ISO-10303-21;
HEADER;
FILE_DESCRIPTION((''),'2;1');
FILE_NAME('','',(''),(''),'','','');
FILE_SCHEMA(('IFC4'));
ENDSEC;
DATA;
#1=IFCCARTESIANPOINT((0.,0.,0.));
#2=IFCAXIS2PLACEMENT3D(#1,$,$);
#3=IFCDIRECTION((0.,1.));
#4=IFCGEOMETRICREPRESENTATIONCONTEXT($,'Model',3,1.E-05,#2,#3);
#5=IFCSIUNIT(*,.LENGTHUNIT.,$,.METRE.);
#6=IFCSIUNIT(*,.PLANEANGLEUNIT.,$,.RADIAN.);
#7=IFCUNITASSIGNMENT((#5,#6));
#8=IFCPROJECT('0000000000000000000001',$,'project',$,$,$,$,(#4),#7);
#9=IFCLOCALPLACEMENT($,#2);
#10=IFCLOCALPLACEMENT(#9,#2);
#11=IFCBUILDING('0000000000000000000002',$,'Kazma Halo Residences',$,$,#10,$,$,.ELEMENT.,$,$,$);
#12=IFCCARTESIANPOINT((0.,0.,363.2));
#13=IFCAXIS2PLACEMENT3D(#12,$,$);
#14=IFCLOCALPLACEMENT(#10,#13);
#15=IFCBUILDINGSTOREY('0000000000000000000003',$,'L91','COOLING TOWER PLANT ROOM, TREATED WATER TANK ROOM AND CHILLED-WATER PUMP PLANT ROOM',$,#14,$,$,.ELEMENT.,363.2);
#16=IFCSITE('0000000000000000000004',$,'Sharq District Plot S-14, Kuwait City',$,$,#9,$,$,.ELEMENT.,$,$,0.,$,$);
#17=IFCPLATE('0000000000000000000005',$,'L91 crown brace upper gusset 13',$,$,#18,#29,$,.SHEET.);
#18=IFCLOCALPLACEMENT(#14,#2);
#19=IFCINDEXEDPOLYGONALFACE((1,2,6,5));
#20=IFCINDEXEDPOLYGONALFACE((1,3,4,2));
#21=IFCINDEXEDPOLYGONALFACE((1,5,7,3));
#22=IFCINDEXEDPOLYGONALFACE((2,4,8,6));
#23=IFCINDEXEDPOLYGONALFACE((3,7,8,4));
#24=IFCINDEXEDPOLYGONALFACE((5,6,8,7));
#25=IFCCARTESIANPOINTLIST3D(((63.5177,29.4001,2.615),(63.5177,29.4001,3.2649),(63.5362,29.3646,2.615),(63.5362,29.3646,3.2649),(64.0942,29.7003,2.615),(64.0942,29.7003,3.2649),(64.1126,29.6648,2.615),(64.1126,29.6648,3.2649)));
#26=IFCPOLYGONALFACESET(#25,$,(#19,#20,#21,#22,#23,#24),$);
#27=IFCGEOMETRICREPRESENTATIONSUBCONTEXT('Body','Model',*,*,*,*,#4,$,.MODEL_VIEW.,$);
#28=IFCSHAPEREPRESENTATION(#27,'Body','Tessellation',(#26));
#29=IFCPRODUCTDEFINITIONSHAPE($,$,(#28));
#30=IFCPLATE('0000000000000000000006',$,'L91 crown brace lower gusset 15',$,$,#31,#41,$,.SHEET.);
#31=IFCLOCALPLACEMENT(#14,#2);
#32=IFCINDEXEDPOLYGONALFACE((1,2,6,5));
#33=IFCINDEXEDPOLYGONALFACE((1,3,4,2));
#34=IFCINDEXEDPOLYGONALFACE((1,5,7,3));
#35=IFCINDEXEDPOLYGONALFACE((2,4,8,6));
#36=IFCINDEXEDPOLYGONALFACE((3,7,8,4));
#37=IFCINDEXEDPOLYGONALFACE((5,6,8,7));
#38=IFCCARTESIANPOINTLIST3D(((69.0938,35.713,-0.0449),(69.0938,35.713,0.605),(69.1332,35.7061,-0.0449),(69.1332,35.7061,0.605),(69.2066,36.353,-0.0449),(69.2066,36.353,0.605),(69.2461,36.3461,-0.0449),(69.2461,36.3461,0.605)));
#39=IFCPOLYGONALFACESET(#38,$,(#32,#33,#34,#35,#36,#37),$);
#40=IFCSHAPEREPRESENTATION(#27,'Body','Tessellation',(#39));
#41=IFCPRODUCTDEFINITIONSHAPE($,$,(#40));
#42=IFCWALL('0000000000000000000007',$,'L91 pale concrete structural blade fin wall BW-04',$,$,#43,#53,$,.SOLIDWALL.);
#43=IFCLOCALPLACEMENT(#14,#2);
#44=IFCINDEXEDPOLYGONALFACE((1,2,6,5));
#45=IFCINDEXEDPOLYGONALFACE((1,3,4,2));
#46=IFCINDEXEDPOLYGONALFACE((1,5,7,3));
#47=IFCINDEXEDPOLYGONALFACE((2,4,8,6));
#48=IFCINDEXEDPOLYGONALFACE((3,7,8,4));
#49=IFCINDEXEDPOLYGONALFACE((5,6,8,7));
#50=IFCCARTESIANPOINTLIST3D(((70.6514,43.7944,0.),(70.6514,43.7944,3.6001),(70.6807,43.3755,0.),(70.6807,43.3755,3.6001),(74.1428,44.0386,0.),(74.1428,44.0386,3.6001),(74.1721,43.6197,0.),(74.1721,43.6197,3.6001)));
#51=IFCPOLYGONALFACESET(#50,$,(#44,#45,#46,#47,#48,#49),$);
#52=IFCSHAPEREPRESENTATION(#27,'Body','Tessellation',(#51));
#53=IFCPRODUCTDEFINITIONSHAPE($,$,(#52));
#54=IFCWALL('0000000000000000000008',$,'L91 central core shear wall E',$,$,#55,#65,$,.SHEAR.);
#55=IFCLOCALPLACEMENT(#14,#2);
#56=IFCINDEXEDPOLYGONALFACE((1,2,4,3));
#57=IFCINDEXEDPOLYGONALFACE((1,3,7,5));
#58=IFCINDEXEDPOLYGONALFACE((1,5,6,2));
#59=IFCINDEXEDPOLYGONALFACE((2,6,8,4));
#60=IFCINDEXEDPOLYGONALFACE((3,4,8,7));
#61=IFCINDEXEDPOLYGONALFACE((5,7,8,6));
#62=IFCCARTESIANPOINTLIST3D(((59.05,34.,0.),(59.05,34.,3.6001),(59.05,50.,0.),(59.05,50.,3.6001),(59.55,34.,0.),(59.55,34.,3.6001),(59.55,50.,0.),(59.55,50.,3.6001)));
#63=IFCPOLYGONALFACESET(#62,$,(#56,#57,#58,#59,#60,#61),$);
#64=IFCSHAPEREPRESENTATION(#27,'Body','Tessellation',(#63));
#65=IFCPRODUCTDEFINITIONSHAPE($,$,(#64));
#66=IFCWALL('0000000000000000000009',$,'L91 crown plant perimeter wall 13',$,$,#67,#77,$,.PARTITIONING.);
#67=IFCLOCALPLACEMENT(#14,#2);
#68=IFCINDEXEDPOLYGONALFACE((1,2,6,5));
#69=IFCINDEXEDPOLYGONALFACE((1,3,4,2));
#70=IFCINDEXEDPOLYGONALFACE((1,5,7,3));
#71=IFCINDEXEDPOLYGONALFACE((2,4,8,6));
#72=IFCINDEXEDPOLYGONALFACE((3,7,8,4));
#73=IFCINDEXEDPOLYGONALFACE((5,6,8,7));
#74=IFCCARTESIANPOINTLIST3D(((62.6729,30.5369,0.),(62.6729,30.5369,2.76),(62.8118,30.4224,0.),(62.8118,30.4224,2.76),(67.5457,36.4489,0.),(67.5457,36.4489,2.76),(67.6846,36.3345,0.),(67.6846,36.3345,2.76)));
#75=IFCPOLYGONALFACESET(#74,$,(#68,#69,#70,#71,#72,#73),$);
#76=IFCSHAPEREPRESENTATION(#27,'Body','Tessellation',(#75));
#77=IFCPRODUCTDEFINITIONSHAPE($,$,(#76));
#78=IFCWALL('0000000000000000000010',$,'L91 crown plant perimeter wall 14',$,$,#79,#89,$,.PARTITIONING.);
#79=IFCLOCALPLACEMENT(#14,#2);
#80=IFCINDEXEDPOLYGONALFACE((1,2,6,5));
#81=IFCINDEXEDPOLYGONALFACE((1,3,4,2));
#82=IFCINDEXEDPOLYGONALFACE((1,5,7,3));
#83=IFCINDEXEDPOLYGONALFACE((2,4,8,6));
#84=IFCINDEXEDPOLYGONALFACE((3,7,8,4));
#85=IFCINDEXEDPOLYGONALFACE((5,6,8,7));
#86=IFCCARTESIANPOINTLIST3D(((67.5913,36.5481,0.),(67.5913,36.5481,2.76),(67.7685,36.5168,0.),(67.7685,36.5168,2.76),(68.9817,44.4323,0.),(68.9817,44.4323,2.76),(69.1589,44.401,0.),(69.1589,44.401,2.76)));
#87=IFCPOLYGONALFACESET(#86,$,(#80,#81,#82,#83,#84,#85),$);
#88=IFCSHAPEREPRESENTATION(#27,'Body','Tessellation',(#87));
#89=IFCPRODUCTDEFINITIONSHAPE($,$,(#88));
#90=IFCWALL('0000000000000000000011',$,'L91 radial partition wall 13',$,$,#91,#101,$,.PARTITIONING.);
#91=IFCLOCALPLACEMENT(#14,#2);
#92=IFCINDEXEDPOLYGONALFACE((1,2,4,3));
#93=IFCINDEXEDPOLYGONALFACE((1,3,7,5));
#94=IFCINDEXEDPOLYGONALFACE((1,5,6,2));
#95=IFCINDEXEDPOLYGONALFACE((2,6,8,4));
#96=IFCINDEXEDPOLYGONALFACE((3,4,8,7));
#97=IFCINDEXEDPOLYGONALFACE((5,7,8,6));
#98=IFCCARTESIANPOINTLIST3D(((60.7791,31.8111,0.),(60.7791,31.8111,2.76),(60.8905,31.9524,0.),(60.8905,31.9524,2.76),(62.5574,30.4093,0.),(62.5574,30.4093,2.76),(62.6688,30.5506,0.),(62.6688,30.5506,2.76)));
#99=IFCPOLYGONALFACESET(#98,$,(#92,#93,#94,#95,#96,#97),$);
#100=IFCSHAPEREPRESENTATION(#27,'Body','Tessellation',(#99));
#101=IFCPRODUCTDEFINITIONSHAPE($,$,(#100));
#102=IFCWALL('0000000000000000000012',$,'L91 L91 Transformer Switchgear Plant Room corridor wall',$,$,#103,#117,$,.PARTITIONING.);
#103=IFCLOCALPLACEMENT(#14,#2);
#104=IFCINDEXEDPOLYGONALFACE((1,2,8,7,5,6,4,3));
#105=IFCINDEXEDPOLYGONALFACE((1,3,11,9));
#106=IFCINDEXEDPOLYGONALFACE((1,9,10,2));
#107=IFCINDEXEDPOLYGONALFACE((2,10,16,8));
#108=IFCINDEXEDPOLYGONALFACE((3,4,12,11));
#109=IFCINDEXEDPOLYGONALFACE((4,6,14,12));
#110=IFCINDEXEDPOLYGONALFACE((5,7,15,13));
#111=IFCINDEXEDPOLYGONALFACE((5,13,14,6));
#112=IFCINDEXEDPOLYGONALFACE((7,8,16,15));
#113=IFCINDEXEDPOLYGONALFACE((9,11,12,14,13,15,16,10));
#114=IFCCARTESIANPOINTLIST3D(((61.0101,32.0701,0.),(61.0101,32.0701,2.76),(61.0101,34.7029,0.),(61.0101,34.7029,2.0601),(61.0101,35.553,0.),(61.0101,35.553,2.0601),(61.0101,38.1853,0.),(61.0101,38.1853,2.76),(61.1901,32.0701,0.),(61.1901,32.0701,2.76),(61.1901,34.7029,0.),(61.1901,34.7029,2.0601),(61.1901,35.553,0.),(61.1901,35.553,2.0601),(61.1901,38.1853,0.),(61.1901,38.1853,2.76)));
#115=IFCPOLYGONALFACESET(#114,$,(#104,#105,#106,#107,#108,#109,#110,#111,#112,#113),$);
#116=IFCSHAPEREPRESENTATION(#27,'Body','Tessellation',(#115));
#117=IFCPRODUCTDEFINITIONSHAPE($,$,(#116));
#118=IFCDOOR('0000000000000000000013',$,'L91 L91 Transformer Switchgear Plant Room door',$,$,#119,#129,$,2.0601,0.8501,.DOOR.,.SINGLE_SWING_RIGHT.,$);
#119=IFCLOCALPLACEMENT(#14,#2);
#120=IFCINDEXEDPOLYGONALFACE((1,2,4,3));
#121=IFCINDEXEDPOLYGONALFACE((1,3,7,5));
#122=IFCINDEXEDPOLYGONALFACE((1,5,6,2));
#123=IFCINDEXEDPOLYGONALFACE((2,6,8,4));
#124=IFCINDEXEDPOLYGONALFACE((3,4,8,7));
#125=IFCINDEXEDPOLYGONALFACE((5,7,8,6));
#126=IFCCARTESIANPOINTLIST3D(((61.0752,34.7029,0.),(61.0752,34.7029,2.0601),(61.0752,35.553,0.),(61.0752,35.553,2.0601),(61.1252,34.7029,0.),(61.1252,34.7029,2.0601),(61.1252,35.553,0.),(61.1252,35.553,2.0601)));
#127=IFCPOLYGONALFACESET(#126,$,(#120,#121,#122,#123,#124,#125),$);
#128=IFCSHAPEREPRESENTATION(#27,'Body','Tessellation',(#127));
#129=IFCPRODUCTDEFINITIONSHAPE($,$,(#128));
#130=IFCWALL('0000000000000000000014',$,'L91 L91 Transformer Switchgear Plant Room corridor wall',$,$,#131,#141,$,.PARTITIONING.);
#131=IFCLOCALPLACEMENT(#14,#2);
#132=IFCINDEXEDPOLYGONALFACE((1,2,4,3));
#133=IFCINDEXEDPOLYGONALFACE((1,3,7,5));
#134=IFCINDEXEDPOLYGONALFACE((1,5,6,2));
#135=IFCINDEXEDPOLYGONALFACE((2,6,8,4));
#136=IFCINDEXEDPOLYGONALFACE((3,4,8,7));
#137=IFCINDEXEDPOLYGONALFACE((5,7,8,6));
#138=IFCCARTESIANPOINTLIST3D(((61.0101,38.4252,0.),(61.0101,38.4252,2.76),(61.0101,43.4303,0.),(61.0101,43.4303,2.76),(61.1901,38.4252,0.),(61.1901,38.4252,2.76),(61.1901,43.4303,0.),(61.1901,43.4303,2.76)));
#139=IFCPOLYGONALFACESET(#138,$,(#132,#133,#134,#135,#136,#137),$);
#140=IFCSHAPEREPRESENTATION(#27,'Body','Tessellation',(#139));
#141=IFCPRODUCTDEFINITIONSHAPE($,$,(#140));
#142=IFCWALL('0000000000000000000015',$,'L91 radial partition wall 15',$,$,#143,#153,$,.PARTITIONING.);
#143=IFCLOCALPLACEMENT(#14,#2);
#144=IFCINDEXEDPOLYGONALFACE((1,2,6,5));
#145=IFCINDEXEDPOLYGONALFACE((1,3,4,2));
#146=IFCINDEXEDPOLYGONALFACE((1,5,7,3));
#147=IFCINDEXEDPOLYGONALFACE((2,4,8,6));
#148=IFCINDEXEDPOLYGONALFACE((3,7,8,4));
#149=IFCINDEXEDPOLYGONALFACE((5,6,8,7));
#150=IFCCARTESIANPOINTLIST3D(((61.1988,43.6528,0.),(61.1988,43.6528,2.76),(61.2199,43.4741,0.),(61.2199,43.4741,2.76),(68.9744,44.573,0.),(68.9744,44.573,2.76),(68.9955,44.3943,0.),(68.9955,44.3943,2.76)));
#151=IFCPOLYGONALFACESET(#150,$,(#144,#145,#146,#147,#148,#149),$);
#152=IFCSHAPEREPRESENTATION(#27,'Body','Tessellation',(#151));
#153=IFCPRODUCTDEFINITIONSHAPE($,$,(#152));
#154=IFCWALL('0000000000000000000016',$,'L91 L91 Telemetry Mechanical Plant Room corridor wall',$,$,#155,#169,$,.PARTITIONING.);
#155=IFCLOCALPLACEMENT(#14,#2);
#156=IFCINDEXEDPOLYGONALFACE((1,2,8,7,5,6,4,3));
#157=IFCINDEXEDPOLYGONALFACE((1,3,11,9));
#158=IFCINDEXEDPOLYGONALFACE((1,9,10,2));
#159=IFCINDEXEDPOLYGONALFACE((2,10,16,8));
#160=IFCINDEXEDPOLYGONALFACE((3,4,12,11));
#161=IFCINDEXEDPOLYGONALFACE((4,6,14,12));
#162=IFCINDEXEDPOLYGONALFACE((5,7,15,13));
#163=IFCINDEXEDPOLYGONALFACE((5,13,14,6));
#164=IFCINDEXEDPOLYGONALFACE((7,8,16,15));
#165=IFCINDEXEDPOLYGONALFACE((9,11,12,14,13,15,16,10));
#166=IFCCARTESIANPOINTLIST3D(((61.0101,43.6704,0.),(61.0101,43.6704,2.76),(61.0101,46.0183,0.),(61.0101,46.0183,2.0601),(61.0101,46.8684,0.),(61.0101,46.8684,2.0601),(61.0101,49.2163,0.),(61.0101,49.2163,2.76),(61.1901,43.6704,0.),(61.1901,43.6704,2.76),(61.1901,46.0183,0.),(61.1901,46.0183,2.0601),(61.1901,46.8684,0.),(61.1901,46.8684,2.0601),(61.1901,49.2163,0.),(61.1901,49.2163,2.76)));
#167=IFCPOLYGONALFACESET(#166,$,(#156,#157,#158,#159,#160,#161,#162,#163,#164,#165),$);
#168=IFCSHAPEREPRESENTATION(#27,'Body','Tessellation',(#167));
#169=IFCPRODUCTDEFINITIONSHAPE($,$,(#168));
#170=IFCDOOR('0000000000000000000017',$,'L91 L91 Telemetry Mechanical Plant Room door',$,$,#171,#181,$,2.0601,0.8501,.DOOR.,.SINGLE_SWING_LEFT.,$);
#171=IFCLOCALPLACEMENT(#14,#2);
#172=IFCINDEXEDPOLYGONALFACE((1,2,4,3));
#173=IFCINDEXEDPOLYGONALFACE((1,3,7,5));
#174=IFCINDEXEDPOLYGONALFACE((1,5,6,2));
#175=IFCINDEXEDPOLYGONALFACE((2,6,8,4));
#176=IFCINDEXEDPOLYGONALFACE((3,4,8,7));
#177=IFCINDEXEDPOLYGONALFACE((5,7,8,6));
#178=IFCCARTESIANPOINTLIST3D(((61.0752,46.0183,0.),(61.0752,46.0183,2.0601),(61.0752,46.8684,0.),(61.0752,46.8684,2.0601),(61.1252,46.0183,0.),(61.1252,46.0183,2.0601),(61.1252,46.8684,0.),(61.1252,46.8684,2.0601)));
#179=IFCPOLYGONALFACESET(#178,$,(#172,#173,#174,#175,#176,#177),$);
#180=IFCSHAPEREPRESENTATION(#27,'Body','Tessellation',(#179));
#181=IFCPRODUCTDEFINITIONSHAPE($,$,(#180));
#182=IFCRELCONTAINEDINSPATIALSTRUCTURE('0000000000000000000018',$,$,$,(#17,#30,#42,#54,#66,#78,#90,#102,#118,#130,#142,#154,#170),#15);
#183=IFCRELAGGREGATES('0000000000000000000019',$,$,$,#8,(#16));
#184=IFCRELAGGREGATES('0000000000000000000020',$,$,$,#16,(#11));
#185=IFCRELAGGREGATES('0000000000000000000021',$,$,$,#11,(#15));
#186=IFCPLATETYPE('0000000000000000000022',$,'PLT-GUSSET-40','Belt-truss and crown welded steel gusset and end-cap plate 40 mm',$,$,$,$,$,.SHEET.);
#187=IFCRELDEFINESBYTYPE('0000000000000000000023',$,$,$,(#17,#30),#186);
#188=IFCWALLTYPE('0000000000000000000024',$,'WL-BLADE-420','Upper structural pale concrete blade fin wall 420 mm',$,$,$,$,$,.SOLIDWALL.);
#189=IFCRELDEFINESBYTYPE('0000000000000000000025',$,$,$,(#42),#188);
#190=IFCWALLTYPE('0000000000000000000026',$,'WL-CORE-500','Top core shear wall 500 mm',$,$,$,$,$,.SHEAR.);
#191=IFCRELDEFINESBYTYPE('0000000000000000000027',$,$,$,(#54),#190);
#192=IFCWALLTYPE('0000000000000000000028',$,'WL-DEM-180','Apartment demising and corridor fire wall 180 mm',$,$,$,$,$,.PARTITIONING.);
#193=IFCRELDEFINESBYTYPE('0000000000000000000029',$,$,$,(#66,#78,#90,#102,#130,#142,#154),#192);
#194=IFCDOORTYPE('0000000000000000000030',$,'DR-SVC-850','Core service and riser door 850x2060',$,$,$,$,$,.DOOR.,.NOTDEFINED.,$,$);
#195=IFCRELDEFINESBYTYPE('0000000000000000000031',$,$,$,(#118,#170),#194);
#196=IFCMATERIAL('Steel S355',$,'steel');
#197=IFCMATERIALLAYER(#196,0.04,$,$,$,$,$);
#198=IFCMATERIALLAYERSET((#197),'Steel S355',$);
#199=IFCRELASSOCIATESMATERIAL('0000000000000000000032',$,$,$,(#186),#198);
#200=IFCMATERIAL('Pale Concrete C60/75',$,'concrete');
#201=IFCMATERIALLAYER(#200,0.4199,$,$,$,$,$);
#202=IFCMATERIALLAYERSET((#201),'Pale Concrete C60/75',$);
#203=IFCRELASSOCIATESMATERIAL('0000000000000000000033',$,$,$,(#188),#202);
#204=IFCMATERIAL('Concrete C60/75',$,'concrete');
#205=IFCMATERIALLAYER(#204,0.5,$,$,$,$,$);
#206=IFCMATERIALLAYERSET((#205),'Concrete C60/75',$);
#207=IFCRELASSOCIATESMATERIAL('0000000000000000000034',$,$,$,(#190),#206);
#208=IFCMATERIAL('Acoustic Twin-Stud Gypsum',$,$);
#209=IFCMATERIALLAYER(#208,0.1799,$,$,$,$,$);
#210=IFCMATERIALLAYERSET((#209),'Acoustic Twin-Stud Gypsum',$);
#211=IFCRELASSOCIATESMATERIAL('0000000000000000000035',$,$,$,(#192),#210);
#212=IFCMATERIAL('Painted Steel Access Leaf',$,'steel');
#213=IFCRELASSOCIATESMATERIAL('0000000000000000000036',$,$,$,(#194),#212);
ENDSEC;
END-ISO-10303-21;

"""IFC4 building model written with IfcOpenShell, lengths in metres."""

from ifc_helpers import new_model, si_unit, direction, frame, frame_2d, origin, origin_2d, place, context, subcontext, project, spatial, rectangle, extrude, material, layer, layer_set, type_object, element, fill, save


model = new_model("IFC4")

# Units and contexts
model_context = context("Model", 3, precision=1e-05, world=origin(), true_north=direction((0.0, 1.0)))
body_context = subcontext(model_context, "Body", "Model", "MODEL_VIEW")
ifc_project = project(units=[si_unit("LENGTHUNIT", "METRE"), si_unit("PLANEANGLEUNIT", "RADIAN")], contexts=[model_context])

# Site, building, storey
site_placement = place(None, origin())
site = spatial("IfcSite", under=ifc_project, at=site_placement, Name="Sharq District Plot S-14, Kuwait City", CompositionType="ELEMENT", RefElevation=0.0)
building_placement = place(site_placement, origin())
building = spatial("IfcBuilding", under=site, at=building_placement, Name="Kazma Halo Residences", CompositionType="ELEMENT")
storey_placement = place(building_placement, frame((0.0, 0.0, 363.2)))
storey = spatial("IfcBuildingStorey", under=building, at=storey_placement, Name="L91", Description="COOLING TOWER PLANT ROOM, TREATED WATER TANK ROOM AND CHILLED-WATER PUMP PLANT ROOM", CompositionType="ELEMENT", Elevation=363.2)

# Shared definitions
ifc_material_1 = material(Name="Steel S355", Category="steel")

# Plates
ifc_layer_1 = layer(ifc_material_1, 0.04)
ifc_layer_set_1 = layer_set([ifc_layer_1], Name="Steel S355")
plate_type_1 = type_object("IfcPlateType", Name="PLT-GUSSET-40", Description="Belt-truss and crown welded steel gusset and end-cap plate 40 mm", PredefinedType="SHEET", material=ifc_layer_set_1)
for number, where, z_axis, x_axis, name in (
    (1, (63.8152, 29.5325, 2.615), (0.0, 0.0, 1.0), (0.88695, 0.461866, 0.0), "L91 crown brace upper gusset 13"),
    (2, (69.1699, 36.0295, -0.0449), (0.0, 0.0, 1.0), (0.173656, 0.984806, 0.0), "L91 crown brace lower gusset 15"),
):
    element("IfcPlate", number, at=place(storey_placement, frame(where, z_axis=z_axis, x_axis=x_axis)), inside=storey, type_object=plate_type_1, Name=name, PredefinedType="SHEET", context=body_context, shape_type="SweptSolid", body=[
        extrude(rectangle(XDim=0.6499, YDim=0.04, at=origin_2d()), origin(), (0.0, 0.0, 1.0), 0.6499),
    ])

# Walls
ifc_material_2 = material(Name="Pale Concrete C60/75", Category="concrete")
ifc_layer_2 = layer(ifc_material_2, 0.4199)
ifc_layer_set_2 = layer_set([ifc_layer_2], Name="Pale Concrete C60/75")
wall_type_1 = type_object("IfcWallType", Name="WL-BLADE-420", Description="Upper structural pale concrete blade fin wall 420 mm", PredefinedType="SOLIDWALL", material=ifc_layer_set_2)
wall_1_placement = place(storey_placement, frame((70.666, 43.585, 0.0), z_axis=(0.0, 0.0, 1.0), x_axis=(0.997564, 0.069755, 0.0)))
element("IfcWall", 3, at=wall_1_placement, inside=storey, type_object=wall_type_1, Name="L91 pale concrete structural blade fin wall BW-04", PredefinedType="SOLIDWALL", context=body_context, shape_type="SweptSolid", body=[
    extrude(rectangle(XDim=3.5, YDim=0.4199, at=frame_2d((1.75, 0.0))), origin(), (0.0, 0.0, 1.0), 3.6001),
])
ifc_material_3 = material(Name="Concrete C60/75", Category="concrete")
ifc_layer_3 = layer(ifc_material_3, 0.5)
ifc_layer_set_3 = layer_set([ifc_layer_3], Name="Concrete C60/75")
wall_type_2 = type_object("IfcWallType", Name="WL-CORE-500", Description="Top core shear wall 500 mm", PredefinedType="SHEAR", material=ifc_layer_set_3)
wall_2_placement = place(storey_placement, frame((59.3, 34.0, 0.0), z_axis=(0.0, 0.0, 1.0), x_axis=(0.0, 1.0, 0.0)))
element("IfcWall", 4, at=wall_2_placement, inside=storey, type_object=wall_type_2, Name="L91 central core shear wall E", PredefinedType="SHEAR", context=body_context, shape_type="SweptSolid", body=[
    extrude(rectangle(XDim=16.0, YDim=0.5, at=frame_2d((8.0, 0.0))), origin(), (0.0, 0.0, 1.0), 3.6001),
])
ifc_material_4 = material(Name="Acoustic Twin-Stud Gypsum")
ifc_layer_4 = layer(ifc_material_4, 0.1799)
ifc_layer_set_4 = layer_set([ifc_layer_4], Name="Acoustic Twin-Stud Gypsum")
wall_type_3 = type_object("IfcWallType", Name="WL-DEM-180", Description="Apartment demising and corridor fire wall 180 mm", PredefinedType="PARTITIONING", material=ifc_layer_set_4)
wall_3_placement = place(storey_placement, frame((62.7424, 30.4797, 0.0), z_axis=(0.0, 0.0, 1.0), x_axis=(0.636019, 0.771674, 0.0)))
element("IfcWall", 5, at=wall_3_placement, inside=storey, type_object=wall_type_3, Name="L91 crown plant perimeter wall 13", PredefinedType="PARTITIONING", context=body_context, shape_type="SweptSolid", body=[
    extrude(rectangle(XDim=7.6614, YDim=0.1799, at=frame_2d((3.8306, 0.0))), origin(), (0.0, 0.0, 1.0), 2.76),
])
wall_4_placement = place(storey_placement, frame((67.6799, 36.5325, 0.0), z_axis=(0.0, 0.0, 1.0), x_axis=(0.173669, 0.984804, 0.0)))
element("IfcWall", 6, at=wall_4_placement, inside=storey, type_object=wall_type_3, Name="L91 crown plant perimeter wall 14", PredefinedType="PARTITIONING", context=body_context, shape_type="SweptSolid", body=[
    extrude(rectangle(XDim=8.0059, YDim=0.1799, at=frame_2d((4.0029, 0.0))), origin(), (0.0, 0.0, 1.0), 2.76),
])
wall_5_placement = place(storey_placement, frame((60.8347, 31.8818, 0.0), z_axis=(0.0, 0.0, 1.0), x_axis=(0.78533, -0.619078, 0.0)))
element("IfcWall", 7, at=wall_5_placement, inside=storey, type_object=wall_type_3, Name="L91 radial partition wall 13", PredefinedType="PARTITIONING", context=body_context, shape_type="SweptSolid", body=[
    extrude(rectangle(XDim=2.2644, YDim=0.1799, at=frame_2d((1.1323, 0.0))), origin(), (0.0, 0.0, 1.0), 2.76),
])

# Wall, opening, door
wall_6_placement = place(storey_placement, frame((61.1001, 32.0701, 0.0), z_axis=(0.0, 0.0, 1.0), x_axis=(0.0, 1.0, 0.0)))
wall_6 = element("IfcWall", 8, at=wall_6_placement, inside=storey, type_object=wall_type_3, Name="L91 L91 Transformer Switchgear Plant Room corridor wall", PredefinedType="PARTITIONING", context=body_context, shape_type="SweptSolid", body=[
    extrude(rectangle(XDim=6.1152, YDim=0.1799, at=frame_2d((3.0576, 0.0))), origin(), (0.0, 0.0, 1.0), 2.76),
])
opening_1_placement = place(wall_6_placement, frame((2.6328, 0.0, 0.0)))
opening_1 = element("IfcOpeningElement", 9, at=opening_1_placement, cuts=wall_6, PredefinedType="OPENING", context=body_context, shape_type="SweptSolid", body=[
    extrude(rectangle(XDim=0.8501, YDim=2.0601, at=frame_2d((0.425, 1.03))), frame((0.0, 0.0999, 0.0), z_axis=(0.0, -1.0, 0.0), x_axis=(1.0, 0.0, 0.0)), (0.0, 0.0, 1.0), 0.2),
])
ifc_material_5 = material(Name="Painted Steel Access Leaf", Category="steel")
door_type = type_object("IfcDoorType", Name="DR-SVC-850", Description="Core service and riser door 850x2060", OperationType="NOTDEFINED", PredefinedType="DOOR", material=ifc_material_5)
door_1_placement = place(opening_1_placement, origin())
door_1 = element("IfcDoor", 10, at=door_1_placement, inside=storey, type_object=door_type, Name="L91 L91 Transformer Switchgear Plant Room door", OperationType="SINGLE_SWING_RIGHT", OverallHeight=2.0601, OverallWidth=0.8501, PredefinedType="DOOR", context=body_context, shape_type="SweptSolid", body=[
    extrude(rectangle(XDim=0.8501, YDim=2.0601, at=frame_2d((0.425, 1.03))), frame((0.0, 0.0249, 0.0), z_axis=(0.0, -1.0, 0.0), x_axis=(1.0, 0.0, 0.0)), (0.0, 0.0, 1.0), 0.05),
])
fill(opening_1, door_1)

# Walls
wall_7_placement = place(storey_placement, frame((61.1001, 38.4253, 0.0), z_axis=(0.0, 0.0, 1.0), x_axis=(0.0, 1.0, 0.0)))
element("IfcWall", 11, at=wall_7_placement, inside=storey, type_object=wall_type_3, Name="L91 L91 Transformer Switchgear Plant Room corridor wall", PredefinedType="PARTITIONING", context=body_context, shape_type="SweptSolid", body=[
    extrude(rectangle(XDim=5.0051, YDim=0.1799, at=frame_2d((2.5024, 0.0))), origin(), (0.0, 0.0, 1.0), 2.76),
])
wall_8_placement = place(storey_placement, frame((61.2092, 43.5635, 0.0), z_axis=(0.0, 0.0, 1.0), x_axis=(0.993071, 0.11752, 0.0)))
element("IfcWall", 12, at=wall_8_placement, inside=storey, type_object=wall_type_3, Name="L91 radial partition wall 15", PredefinedType="PARTITIONING", context=body_context, shape_type="SweptSolid", body=[
    extrude(rectangle(XDim=7.8298, YDim=0.1799, at=frame_2d((3.915, 0.0))), origin(), (0.0, 0.0, 1.0), 2.76),
])

# Wall, opening, door
wall_9_placement = place(storey_placement, frame((61.1001, 43.6704, 0.0), z_axis=(0.0, 0.0, 1.0), x_axis=(0.0, 1.0, 0.0)))
wall_9 = element("IfcWall", 13, at=wall_9_placement, inside=storey, type_object=wall_type_3, Name="L91 L91 Telemetry Mechanical Plant Room corridor wall", PredefinedType="PARTITIONING", context=body_context, shape_type="SweptSolid", body=[
    extrude(rectangle(XDim=5.5459, YDim=0.1799, at=frame_2d((2.7729, 0.0))), origin(), (0.0, 0.0, 1.0), 2.76),
])
opening_2_placement = place(wall_9_placement, frame((2.3479, 0.0, 0.0)))
opening_2 = element("IfcOpeningElement", 14, at=opening_2_placement, cuts=wall_9, PredefinedType="OPENING", context=body_context, shape_type="SweptSolid", body=[
    extrude(rectangle(XDim=0.8501, YDim=2.0601, at=frame_2d((0.425, 1.03))), frame((0.0, 0.0999, 0.0), z_axis=(0.0, -1.0, 0.0), x_axis=(1.0, 0.0, 0.0)), (0.0, 0.0, 1.0), 0.2),
])
door_2_placement = place(opening_2_placement, origin())
door_2 = element("IfcDoor", 15, at=door_2_placement, inside=storey, type_object=door_type, Name="L91 L91 Telemetry Mechanical Plant Room door", OperationType="SINGLE_SWING_LEFT", OverallHeight=2.0601, OverallWidth=0.8501, PredefinedType="DOOR", context=body_context, shape_type="SweptSolid", body=[
    extrude(rectangle(XDim=0.8501, YDim=2.0601, at=frame_2d((0.425, 1.03))), frame((0.0, 0.0249, 0.0), z_axis=(0.0, -1.0, 0.0), x_axis=(1.0, 0.0, 0.0)), (0.0, 0.0, 1.0), 0.05),
])
fill(opening_2, door_2)

save(model, "model.ifc")
